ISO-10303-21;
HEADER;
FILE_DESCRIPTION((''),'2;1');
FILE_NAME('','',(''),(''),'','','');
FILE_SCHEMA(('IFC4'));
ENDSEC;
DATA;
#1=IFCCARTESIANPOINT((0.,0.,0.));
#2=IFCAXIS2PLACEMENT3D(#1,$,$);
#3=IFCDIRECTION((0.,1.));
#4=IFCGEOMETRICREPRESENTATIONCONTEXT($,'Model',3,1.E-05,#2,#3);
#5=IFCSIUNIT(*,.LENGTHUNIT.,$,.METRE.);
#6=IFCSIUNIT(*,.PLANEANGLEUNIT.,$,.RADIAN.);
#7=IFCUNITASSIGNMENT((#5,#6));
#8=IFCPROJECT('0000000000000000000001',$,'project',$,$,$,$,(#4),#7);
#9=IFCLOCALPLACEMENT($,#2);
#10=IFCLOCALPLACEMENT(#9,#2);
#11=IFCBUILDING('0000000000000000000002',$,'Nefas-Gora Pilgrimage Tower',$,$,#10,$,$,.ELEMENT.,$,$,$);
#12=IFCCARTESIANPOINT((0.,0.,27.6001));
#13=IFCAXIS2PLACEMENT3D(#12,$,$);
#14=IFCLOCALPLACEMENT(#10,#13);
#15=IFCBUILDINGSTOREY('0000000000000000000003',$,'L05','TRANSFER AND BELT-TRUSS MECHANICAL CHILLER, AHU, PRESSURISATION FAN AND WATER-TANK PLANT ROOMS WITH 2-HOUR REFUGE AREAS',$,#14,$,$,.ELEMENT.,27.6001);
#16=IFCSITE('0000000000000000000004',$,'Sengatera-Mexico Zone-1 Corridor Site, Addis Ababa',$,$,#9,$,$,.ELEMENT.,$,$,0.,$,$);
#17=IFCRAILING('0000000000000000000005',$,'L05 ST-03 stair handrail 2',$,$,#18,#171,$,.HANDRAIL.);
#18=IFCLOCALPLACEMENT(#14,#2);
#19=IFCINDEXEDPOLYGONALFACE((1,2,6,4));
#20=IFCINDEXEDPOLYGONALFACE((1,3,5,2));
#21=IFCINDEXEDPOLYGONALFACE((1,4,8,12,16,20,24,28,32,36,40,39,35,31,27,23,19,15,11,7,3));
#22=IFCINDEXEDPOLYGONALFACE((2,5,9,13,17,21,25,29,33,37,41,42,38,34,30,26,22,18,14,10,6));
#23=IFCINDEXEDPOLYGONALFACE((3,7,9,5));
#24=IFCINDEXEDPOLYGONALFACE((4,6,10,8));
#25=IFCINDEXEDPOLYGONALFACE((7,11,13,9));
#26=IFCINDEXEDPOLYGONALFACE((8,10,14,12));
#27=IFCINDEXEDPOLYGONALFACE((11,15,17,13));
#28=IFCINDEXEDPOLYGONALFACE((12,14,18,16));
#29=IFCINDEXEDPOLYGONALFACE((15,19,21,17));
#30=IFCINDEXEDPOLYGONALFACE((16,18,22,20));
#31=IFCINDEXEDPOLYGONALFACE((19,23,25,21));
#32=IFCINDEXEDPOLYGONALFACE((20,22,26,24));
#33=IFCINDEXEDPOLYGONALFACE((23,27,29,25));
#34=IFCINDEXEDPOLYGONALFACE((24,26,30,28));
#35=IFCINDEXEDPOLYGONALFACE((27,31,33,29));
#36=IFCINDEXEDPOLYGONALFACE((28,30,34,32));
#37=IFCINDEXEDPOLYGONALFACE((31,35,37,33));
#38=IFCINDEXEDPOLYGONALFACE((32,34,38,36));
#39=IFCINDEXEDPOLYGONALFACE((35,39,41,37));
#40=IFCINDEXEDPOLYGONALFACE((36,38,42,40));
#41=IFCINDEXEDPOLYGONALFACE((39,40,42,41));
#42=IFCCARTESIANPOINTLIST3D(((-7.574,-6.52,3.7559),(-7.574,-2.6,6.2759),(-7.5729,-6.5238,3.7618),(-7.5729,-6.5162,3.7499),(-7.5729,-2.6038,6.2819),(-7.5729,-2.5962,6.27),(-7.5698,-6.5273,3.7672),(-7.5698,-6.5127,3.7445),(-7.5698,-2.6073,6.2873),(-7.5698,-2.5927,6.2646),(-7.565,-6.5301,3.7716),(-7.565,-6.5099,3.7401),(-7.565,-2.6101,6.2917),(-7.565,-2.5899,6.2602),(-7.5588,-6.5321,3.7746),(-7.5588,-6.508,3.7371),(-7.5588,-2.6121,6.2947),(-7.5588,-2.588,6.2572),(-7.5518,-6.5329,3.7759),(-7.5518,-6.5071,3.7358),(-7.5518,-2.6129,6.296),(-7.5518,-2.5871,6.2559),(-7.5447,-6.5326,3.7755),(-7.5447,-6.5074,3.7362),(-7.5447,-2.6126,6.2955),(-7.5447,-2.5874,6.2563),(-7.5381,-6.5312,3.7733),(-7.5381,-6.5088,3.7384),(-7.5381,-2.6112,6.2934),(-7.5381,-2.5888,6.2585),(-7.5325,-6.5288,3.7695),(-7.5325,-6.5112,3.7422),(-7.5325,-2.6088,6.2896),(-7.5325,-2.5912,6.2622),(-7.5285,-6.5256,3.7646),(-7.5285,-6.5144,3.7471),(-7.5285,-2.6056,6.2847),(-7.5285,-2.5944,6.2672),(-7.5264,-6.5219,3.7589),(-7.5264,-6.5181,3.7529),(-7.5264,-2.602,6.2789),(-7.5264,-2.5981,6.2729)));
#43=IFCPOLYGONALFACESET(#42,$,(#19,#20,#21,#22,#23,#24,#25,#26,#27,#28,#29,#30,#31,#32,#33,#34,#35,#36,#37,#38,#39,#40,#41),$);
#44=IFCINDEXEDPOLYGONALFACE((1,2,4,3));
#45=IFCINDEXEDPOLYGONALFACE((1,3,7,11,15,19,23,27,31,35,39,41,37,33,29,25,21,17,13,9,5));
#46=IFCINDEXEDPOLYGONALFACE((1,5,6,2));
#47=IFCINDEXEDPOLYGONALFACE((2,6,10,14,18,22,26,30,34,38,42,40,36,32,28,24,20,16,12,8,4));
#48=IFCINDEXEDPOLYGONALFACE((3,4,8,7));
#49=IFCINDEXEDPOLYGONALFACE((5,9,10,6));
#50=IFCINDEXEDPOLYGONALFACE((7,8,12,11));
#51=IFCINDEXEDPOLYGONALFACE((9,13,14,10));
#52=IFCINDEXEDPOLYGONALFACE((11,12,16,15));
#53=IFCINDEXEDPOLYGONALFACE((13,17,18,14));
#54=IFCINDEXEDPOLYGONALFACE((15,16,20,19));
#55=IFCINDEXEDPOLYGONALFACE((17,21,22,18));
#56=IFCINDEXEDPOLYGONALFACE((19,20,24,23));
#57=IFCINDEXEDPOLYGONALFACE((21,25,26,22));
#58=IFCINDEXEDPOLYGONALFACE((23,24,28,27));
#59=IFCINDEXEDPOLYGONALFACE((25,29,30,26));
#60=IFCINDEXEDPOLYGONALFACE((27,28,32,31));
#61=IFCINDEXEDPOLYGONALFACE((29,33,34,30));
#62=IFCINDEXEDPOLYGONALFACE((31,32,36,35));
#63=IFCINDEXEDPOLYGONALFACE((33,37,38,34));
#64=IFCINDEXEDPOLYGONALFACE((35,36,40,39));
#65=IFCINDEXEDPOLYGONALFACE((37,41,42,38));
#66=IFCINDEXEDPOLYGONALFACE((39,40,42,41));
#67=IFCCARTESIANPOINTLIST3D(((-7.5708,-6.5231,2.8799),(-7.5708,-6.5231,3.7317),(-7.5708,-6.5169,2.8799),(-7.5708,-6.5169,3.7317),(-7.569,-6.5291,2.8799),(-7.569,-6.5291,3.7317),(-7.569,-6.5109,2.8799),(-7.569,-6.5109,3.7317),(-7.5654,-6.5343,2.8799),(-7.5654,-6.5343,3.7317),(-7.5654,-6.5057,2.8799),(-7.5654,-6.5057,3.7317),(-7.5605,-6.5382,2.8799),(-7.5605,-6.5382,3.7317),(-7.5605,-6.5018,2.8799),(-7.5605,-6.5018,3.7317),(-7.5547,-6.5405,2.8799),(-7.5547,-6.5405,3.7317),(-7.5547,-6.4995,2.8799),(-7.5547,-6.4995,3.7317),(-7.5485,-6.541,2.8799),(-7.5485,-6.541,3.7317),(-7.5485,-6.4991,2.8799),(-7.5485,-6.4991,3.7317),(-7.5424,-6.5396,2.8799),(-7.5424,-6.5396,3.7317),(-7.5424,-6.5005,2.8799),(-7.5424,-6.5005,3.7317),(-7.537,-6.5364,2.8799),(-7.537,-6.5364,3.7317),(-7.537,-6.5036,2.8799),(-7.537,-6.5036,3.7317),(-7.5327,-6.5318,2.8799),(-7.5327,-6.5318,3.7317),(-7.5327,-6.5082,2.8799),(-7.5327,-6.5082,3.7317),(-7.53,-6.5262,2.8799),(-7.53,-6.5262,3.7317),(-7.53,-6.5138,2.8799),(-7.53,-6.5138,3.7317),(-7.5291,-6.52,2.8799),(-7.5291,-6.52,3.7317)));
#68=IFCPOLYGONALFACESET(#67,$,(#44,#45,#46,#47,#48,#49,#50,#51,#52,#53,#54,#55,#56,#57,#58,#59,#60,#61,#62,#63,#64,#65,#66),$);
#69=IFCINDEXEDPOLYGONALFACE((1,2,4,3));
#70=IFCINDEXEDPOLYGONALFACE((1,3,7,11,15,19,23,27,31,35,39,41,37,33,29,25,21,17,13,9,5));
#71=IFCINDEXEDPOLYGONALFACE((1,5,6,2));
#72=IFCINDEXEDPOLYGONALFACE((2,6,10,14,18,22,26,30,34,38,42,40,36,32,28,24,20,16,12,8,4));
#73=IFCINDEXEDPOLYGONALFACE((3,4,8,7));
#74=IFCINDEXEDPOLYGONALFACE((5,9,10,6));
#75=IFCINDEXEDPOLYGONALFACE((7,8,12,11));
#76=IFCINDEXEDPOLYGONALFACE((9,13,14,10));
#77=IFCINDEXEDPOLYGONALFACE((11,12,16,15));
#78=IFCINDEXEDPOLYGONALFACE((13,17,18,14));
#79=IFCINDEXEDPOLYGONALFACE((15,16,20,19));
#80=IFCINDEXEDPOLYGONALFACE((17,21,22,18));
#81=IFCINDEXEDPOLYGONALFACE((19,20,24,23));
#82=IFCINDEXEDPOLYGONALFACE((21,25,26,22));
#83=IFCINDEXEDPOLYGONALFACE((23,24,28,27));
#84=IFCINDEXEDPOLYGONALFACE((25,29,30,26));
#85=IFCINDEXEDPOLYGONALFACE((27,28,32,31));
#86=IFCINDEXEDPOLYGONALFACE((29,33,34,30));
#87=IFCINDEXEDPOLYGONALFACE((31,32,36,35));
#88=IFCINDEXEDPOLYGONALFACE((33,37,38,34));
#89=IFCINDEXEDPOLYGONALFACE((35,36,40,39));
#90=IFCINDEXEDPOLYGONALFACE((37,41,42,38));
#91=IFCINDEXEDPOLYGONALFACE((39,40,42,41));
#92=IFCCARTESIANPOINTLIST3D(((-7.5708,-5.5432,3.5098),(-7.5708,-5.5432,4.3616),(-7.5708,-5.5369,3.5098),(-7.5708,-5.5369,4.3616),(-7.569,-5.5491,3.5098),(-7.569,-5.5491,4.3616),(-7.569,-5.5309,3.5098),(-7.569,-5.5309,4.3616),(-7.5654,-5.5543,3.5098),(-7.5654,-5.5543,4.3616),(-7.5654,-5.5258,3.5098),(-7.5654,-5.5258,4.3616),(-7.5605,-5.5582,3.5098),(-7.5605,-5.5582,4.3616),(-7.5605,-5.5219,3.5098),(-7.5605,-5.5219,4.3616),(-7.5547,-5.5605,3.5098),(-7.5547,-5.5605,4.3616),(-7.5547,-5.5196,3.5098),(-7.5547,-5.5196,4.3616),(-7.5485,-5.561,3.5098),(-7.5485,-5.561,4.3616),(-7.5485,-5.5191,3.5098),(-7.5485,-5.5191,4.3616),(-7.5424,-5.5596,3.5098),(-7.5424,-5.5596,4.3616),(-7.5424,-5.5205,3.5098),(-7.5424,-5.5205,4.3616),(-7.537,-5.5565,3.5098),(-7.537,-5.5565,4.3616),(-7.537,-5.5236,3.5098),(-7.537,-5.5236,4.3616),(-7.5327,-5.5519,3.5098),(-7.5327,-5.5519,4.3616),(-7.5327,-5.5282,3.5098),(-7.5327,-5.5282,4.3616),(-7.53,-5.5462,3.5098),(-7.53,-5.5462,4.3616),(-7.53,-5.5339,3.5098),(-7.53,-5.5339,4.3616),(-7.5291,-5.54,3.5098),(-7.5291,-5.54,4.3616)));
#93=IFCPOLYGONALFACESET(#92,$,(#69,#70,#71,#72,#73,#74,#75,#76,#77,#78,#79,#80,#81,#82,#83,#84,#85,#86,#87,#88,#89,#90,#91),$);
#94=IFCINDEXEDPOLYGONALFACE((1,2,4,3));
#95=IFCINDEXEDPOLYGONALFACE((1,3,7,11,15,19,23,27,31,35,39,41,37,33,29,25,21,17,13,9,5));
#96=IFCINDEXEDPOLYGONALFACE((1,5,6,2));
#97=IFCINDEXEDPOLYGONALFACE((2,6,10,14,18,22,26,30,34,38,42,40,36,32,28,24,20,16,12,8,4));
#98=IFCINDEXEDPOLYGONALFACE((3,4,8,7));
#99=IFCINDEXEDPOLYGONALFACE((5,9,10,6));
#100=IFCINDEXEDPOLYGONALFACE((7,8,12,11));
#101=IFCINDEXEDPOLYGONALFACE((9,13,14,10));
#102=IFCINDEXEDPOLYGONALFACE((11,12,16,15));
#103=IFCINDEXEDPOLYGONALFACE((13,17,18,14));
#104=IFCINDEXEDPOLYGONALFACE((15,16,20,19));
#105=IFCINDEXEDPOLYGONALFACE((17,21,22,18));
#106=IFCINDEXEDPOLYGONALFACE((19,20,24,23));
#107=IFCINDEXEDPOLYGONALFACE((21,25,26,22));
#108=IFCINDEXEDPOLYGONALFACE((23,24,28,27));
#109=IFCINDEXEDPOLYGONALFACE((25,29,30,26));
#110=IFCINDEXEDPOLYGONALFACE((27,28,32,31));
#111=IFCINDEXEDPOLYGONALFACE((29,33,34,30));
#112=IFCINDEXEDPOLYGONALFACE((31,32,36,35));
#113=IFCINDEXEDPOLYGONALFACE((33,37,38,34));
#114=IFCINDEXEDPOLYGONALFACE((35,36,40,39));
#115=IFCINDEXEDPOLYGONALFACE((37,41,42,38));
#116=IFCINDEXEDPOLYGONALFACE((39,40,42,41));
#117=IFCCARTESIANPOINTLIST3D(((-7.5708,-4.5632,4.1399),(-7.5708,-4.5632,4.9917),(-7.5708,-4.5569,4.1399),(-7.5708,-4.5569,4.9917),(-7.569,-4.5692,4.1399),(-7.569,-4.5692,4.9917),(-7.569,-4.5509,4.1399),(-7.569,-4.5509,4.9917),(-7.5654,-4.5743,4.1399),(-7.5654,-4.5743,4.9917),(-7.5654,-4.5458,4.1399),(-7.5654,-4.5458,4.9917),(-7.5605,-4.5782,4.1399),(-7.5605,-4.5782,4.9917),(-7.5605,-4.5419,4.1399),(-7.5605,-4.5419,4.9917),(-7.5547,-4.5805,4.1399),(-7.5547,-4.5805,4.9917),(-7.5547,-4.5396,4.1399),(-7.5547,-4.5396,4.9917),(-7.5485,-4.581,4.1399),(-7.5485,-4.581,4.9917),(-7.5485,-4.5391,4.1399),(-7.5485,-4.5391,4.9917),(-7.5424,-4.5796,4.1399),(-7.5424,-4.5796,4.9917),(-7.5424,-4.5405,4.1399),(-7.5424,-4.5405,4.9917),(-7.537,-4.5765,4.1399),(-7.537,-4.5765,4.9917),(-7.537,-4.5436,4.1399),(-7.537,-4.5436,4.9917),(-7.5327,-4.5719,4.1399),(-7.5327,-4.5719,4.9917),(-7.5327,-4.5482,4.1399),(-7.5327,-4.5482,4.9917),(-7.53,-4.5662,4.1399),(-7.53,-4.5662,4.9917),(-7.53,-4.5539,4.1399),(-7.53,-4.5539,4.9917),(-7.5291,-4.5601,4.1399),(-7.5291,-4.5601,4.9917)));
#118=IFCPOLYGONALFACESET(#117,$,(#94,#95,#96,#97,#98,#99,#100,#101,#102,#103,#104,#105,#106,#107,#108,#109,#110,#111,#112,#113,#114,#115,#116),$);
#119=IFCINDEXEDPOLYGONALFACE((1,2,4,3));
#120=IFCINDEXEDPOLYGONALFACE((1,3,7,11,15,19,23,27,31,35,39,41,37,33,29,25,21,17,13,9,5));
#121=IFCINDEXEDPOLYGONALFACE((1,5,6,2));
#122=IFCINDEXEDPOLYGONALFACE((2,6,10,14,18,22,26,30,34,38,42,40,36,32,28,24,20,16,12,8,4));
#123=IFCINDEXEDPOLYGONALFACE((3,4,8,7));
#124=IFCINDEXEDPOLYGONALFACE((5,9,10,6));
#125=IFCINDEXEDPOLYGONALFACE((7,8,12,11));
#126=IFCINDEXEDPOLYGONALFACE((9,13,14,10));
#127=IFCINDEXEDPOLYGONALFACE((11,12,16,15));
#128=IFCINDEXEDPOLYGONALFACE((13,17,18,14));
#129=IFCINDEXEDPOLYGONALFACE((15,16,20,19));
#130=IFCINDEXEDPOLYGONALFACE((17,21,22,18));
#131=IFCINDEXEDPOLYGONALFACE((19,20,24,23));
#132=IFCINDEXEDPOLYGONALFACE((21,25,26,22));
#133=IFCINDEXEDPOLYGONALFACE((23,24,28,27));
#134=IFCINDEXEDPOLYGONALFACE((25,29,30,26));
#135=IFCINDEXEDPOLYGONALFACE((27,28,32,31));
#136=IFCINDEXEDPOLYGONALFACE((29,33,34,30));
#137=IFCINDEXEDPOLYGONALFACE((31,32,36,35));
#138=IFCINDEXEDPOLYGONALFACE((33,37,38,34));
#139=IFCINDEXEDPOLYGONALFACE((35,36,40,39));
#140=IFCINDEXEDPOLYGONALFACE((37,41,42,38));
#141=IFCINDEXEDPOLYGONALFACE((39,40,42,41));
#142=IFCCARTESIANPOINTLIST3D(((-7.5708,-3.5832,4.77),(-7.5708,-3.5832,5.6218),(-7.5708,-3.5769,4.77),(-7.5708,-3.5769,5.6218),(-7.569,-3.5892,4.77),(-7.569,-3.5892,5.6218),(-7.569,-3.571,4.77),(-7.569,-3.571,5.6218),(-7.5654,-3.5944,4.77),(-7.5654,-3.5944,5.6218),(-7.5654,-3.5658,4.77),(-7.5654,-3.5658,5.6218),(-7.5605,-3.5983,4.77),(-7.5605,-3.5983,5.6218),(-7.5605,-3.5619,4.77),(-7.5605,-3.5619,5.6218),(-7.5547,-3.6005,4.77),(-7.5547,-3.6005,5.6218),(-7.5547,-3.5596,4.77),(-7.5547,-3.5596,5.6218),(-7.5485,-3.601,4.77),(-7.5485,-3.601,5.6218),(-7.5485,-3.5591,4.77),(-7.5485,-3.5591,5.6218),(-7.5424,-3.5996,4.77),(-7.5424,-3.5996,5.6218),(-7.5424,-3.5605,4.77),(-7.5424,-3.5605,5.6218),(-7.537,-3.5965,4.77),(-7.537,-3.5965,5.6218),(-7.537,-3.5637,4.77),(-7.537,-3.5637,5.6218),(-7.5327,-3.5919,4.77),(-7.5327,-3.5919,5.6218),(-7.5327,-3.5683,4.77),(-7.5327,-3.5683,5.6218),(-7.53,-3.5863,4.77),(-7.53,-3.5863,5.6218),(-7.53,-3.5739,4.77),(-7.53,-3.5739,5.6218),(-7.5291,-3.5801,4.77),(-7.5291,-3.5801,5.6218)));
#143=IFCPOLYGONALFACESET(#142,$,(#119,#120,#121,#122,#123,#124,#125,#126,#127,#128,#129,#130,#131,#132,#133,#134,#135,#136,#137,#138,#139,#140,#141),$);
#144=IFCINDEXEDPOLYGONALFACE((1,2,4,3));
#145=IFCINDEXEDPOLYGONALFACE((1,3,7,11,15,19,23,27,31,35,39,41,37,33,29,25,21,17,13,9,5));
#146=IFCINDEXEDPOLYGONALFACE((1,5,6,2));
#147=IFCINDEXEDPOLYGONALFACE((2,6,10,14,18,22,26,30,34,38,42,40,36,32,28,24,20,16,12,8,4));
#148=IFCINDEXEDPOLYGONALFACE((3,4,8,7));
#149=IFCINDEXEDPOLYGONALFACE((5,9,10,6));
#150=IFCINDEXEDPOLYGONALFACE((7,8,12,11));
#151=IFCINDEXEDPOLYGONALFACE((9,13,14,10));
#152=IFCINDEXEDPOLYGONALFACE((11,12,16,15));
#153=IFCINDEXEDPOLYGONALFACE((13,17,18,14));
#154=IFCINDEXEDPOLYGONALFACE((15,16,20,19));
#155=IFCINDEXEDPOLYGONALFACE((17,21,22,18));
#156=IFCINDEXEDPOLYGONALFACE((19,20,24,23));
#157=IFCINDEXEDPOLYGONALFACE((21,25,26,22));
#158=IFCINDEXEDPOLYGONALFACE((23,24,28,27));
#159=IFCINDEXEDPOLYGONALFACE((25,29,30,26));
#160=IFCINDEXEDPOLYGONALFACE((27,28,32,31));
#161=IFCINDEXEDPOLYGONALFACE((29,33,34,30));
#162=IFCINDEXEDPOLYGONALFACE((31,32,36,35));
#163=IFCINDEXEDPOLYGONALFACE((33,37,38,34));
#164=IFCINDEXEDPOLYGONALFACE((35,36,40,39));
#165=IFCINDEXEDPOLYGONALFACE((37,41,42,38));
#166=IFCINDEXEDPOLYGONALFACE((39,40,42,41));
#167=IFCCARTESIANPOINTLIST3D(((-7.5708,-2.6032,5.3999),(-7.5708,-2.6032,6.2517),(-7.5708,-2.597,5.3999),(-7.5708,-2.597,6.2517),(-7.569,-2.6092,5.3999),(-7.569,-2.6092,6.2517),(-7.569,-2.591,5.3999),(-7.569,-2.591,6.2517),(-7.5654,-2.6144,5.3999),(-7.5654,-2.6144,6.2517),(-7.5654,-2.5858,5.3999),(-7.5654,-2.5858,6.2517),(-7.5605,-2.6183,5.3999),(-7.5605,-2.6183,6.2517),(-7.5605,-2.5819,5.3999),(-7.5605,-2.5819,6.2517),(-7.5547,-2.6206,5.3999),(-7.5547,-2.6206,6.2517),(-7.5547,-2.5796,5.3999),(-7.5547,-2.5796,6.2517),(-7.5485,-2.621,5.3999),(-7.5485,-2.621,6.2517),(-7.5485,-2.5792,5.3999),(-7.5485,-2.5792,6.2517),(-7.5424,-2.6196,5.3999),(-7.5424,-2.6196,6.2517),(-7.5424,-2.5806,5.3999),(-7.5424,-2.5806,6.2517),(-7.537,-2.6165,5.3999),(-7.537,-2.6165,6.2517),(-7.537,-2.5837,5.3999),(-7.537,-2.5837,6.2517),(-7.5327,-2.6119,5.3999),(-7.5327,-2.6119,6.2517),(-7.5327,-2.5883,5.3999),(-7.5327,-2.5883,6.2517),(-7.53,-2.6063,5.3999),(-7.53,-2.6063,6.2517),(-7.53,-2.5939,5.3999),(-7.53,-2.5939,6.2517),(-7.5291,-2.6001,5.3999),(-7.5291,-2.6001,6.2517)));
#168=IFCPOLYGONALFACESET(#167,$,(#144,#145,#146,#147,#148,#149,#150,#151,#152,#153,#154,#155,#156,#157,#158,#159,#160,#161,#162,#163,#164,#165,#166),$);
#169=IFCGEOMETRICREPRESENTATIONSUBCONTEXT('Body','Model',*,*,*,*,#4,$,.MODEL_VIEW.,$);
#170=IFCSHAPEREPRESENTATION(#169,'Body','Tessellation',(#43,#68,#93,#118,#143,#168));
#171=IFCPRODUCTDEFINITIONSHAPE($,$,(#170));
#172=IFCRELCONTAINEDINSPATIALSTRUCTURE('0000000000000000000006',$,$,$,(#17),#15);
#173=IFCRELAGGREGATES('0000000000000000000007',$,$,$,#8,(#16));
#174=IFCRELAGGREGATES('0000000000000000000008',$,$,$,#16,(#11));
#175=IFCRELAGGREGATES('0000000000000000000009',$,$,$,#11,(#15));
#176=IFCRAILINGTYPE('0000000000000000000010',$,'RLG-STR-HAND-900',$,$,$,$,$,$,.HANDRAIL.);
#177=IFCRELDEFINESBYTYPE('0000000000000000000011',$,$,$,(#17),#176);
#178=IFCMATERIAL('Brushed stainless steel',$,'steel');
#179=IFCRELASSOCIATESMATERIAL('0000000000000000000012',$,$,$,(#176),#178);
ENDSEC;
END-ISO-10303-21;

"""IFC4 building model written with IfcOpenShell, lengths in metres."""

from ifc_helpers import new_model, si_unit, direction, frame, origin, origin_2d, place, context, subcontext, project, spatial, circle, extrude, material, type_object, element, save


model = new_model("IFC4")

# Units and contexts
model_context = context("Model", 3, precision=1e-05, world=origin(), true_north=direction((0.0, 1.0)))
body_context = subcontext(model_context, "Body", "Model", "MODEL_VIEW")
ifc_project = project(units=[si_unit("LENGTHUNIT", "METRE"), si_unit("PLANEANGLEUNIT", "RADIAN")], contexts=[model_context])

# Site, building, storey
site_placement = place(None, origin())
site = spatial("IfcSite", under=ifc_project, at=site_placement, Name="Sengatera-Mexico Zone-1 Corridor Site, Addis Ababa", CompositionType="ELEMENT", RefElevation=0.0)
building_placement = place(site_placement, origin())
building = spatial("IfcBuilding", under=site, at=building_placement, Name="Nefas-Gora Pilgrimage Tower", CompositionType="ELEMENT")
storey_placement = place(building_placement, frame((0.0, 0.0, 27.6001)))
storey = spatial("IfcBuildingStorey", under=building, at=storey_placement, Name="L05", Description="TRANSFER AND BELT-TRUSS MECHANICAL CHILLER, AHU, PRESSURISATION FAN AND WATER-TANK PLANT ROOMS WITH 2-HOUR REFUGE AREAS", CompositionType="ELEMENT", Elevation=27.6001)

# Railing
ifc_material_1 = material(Name="Brushed stainless steel", Category="steel")
railing_type_1 = type_object("IfcRailingType", Name="RLG-STR-HAND-900", PredefinedType="HANDRAIL", material=ifc_material_1)
railing_1_placement = place(storey_placement, frame((-7.55, -6.52, 2.8799)))
element("IfcRailing", 1, at=railing_1_placement, inside=storey, type_object=railing_type_1, Name="L05 ST-03 stair handrail 2", PredefinedType="HANDRAIL", context=body_context, shape_type="SweptSolid", body=[
    extrude(circle(Radius=0.0239, at=origin_2d()), frame((0.0, 0.0, 0.876), z_axis=(0.0, 0.841172, 0.540768), x_axis=(-1.0, 0.0, 0.0)), (0.0, 0.0, 1.0), 4.6602),
    extrude(circle(Radius=0.021, at=origin_2d()), origin(), (0.0, 0.0, 1.0), 0.8518),
    extrude(circle(Radius=0.021, at=origin_2d()), frame((0.0, 0.98, 0.6299)), (0.0, 0.0, 1.0), 0.8518),
    extrude(circle(Radius=0.021, at=origin_2d()), frame((0.0, 1.96, 1.26)), (0.0, 0.0, 1.0), 0.8518),
    extrude(circle(Radius=0.021, at=origin_2d()), frame((0.0, 2.9399, 1.8901)), (0.0, 0.0, 1.0), 0.8518),
    extrude(circle(Radius=0.021, at=origin_2d()), frame((0.0, 3.9199, 2.52)), (0.0, 0.0, 1.0), 0.8518),
])

save(model, "model.ifc")
